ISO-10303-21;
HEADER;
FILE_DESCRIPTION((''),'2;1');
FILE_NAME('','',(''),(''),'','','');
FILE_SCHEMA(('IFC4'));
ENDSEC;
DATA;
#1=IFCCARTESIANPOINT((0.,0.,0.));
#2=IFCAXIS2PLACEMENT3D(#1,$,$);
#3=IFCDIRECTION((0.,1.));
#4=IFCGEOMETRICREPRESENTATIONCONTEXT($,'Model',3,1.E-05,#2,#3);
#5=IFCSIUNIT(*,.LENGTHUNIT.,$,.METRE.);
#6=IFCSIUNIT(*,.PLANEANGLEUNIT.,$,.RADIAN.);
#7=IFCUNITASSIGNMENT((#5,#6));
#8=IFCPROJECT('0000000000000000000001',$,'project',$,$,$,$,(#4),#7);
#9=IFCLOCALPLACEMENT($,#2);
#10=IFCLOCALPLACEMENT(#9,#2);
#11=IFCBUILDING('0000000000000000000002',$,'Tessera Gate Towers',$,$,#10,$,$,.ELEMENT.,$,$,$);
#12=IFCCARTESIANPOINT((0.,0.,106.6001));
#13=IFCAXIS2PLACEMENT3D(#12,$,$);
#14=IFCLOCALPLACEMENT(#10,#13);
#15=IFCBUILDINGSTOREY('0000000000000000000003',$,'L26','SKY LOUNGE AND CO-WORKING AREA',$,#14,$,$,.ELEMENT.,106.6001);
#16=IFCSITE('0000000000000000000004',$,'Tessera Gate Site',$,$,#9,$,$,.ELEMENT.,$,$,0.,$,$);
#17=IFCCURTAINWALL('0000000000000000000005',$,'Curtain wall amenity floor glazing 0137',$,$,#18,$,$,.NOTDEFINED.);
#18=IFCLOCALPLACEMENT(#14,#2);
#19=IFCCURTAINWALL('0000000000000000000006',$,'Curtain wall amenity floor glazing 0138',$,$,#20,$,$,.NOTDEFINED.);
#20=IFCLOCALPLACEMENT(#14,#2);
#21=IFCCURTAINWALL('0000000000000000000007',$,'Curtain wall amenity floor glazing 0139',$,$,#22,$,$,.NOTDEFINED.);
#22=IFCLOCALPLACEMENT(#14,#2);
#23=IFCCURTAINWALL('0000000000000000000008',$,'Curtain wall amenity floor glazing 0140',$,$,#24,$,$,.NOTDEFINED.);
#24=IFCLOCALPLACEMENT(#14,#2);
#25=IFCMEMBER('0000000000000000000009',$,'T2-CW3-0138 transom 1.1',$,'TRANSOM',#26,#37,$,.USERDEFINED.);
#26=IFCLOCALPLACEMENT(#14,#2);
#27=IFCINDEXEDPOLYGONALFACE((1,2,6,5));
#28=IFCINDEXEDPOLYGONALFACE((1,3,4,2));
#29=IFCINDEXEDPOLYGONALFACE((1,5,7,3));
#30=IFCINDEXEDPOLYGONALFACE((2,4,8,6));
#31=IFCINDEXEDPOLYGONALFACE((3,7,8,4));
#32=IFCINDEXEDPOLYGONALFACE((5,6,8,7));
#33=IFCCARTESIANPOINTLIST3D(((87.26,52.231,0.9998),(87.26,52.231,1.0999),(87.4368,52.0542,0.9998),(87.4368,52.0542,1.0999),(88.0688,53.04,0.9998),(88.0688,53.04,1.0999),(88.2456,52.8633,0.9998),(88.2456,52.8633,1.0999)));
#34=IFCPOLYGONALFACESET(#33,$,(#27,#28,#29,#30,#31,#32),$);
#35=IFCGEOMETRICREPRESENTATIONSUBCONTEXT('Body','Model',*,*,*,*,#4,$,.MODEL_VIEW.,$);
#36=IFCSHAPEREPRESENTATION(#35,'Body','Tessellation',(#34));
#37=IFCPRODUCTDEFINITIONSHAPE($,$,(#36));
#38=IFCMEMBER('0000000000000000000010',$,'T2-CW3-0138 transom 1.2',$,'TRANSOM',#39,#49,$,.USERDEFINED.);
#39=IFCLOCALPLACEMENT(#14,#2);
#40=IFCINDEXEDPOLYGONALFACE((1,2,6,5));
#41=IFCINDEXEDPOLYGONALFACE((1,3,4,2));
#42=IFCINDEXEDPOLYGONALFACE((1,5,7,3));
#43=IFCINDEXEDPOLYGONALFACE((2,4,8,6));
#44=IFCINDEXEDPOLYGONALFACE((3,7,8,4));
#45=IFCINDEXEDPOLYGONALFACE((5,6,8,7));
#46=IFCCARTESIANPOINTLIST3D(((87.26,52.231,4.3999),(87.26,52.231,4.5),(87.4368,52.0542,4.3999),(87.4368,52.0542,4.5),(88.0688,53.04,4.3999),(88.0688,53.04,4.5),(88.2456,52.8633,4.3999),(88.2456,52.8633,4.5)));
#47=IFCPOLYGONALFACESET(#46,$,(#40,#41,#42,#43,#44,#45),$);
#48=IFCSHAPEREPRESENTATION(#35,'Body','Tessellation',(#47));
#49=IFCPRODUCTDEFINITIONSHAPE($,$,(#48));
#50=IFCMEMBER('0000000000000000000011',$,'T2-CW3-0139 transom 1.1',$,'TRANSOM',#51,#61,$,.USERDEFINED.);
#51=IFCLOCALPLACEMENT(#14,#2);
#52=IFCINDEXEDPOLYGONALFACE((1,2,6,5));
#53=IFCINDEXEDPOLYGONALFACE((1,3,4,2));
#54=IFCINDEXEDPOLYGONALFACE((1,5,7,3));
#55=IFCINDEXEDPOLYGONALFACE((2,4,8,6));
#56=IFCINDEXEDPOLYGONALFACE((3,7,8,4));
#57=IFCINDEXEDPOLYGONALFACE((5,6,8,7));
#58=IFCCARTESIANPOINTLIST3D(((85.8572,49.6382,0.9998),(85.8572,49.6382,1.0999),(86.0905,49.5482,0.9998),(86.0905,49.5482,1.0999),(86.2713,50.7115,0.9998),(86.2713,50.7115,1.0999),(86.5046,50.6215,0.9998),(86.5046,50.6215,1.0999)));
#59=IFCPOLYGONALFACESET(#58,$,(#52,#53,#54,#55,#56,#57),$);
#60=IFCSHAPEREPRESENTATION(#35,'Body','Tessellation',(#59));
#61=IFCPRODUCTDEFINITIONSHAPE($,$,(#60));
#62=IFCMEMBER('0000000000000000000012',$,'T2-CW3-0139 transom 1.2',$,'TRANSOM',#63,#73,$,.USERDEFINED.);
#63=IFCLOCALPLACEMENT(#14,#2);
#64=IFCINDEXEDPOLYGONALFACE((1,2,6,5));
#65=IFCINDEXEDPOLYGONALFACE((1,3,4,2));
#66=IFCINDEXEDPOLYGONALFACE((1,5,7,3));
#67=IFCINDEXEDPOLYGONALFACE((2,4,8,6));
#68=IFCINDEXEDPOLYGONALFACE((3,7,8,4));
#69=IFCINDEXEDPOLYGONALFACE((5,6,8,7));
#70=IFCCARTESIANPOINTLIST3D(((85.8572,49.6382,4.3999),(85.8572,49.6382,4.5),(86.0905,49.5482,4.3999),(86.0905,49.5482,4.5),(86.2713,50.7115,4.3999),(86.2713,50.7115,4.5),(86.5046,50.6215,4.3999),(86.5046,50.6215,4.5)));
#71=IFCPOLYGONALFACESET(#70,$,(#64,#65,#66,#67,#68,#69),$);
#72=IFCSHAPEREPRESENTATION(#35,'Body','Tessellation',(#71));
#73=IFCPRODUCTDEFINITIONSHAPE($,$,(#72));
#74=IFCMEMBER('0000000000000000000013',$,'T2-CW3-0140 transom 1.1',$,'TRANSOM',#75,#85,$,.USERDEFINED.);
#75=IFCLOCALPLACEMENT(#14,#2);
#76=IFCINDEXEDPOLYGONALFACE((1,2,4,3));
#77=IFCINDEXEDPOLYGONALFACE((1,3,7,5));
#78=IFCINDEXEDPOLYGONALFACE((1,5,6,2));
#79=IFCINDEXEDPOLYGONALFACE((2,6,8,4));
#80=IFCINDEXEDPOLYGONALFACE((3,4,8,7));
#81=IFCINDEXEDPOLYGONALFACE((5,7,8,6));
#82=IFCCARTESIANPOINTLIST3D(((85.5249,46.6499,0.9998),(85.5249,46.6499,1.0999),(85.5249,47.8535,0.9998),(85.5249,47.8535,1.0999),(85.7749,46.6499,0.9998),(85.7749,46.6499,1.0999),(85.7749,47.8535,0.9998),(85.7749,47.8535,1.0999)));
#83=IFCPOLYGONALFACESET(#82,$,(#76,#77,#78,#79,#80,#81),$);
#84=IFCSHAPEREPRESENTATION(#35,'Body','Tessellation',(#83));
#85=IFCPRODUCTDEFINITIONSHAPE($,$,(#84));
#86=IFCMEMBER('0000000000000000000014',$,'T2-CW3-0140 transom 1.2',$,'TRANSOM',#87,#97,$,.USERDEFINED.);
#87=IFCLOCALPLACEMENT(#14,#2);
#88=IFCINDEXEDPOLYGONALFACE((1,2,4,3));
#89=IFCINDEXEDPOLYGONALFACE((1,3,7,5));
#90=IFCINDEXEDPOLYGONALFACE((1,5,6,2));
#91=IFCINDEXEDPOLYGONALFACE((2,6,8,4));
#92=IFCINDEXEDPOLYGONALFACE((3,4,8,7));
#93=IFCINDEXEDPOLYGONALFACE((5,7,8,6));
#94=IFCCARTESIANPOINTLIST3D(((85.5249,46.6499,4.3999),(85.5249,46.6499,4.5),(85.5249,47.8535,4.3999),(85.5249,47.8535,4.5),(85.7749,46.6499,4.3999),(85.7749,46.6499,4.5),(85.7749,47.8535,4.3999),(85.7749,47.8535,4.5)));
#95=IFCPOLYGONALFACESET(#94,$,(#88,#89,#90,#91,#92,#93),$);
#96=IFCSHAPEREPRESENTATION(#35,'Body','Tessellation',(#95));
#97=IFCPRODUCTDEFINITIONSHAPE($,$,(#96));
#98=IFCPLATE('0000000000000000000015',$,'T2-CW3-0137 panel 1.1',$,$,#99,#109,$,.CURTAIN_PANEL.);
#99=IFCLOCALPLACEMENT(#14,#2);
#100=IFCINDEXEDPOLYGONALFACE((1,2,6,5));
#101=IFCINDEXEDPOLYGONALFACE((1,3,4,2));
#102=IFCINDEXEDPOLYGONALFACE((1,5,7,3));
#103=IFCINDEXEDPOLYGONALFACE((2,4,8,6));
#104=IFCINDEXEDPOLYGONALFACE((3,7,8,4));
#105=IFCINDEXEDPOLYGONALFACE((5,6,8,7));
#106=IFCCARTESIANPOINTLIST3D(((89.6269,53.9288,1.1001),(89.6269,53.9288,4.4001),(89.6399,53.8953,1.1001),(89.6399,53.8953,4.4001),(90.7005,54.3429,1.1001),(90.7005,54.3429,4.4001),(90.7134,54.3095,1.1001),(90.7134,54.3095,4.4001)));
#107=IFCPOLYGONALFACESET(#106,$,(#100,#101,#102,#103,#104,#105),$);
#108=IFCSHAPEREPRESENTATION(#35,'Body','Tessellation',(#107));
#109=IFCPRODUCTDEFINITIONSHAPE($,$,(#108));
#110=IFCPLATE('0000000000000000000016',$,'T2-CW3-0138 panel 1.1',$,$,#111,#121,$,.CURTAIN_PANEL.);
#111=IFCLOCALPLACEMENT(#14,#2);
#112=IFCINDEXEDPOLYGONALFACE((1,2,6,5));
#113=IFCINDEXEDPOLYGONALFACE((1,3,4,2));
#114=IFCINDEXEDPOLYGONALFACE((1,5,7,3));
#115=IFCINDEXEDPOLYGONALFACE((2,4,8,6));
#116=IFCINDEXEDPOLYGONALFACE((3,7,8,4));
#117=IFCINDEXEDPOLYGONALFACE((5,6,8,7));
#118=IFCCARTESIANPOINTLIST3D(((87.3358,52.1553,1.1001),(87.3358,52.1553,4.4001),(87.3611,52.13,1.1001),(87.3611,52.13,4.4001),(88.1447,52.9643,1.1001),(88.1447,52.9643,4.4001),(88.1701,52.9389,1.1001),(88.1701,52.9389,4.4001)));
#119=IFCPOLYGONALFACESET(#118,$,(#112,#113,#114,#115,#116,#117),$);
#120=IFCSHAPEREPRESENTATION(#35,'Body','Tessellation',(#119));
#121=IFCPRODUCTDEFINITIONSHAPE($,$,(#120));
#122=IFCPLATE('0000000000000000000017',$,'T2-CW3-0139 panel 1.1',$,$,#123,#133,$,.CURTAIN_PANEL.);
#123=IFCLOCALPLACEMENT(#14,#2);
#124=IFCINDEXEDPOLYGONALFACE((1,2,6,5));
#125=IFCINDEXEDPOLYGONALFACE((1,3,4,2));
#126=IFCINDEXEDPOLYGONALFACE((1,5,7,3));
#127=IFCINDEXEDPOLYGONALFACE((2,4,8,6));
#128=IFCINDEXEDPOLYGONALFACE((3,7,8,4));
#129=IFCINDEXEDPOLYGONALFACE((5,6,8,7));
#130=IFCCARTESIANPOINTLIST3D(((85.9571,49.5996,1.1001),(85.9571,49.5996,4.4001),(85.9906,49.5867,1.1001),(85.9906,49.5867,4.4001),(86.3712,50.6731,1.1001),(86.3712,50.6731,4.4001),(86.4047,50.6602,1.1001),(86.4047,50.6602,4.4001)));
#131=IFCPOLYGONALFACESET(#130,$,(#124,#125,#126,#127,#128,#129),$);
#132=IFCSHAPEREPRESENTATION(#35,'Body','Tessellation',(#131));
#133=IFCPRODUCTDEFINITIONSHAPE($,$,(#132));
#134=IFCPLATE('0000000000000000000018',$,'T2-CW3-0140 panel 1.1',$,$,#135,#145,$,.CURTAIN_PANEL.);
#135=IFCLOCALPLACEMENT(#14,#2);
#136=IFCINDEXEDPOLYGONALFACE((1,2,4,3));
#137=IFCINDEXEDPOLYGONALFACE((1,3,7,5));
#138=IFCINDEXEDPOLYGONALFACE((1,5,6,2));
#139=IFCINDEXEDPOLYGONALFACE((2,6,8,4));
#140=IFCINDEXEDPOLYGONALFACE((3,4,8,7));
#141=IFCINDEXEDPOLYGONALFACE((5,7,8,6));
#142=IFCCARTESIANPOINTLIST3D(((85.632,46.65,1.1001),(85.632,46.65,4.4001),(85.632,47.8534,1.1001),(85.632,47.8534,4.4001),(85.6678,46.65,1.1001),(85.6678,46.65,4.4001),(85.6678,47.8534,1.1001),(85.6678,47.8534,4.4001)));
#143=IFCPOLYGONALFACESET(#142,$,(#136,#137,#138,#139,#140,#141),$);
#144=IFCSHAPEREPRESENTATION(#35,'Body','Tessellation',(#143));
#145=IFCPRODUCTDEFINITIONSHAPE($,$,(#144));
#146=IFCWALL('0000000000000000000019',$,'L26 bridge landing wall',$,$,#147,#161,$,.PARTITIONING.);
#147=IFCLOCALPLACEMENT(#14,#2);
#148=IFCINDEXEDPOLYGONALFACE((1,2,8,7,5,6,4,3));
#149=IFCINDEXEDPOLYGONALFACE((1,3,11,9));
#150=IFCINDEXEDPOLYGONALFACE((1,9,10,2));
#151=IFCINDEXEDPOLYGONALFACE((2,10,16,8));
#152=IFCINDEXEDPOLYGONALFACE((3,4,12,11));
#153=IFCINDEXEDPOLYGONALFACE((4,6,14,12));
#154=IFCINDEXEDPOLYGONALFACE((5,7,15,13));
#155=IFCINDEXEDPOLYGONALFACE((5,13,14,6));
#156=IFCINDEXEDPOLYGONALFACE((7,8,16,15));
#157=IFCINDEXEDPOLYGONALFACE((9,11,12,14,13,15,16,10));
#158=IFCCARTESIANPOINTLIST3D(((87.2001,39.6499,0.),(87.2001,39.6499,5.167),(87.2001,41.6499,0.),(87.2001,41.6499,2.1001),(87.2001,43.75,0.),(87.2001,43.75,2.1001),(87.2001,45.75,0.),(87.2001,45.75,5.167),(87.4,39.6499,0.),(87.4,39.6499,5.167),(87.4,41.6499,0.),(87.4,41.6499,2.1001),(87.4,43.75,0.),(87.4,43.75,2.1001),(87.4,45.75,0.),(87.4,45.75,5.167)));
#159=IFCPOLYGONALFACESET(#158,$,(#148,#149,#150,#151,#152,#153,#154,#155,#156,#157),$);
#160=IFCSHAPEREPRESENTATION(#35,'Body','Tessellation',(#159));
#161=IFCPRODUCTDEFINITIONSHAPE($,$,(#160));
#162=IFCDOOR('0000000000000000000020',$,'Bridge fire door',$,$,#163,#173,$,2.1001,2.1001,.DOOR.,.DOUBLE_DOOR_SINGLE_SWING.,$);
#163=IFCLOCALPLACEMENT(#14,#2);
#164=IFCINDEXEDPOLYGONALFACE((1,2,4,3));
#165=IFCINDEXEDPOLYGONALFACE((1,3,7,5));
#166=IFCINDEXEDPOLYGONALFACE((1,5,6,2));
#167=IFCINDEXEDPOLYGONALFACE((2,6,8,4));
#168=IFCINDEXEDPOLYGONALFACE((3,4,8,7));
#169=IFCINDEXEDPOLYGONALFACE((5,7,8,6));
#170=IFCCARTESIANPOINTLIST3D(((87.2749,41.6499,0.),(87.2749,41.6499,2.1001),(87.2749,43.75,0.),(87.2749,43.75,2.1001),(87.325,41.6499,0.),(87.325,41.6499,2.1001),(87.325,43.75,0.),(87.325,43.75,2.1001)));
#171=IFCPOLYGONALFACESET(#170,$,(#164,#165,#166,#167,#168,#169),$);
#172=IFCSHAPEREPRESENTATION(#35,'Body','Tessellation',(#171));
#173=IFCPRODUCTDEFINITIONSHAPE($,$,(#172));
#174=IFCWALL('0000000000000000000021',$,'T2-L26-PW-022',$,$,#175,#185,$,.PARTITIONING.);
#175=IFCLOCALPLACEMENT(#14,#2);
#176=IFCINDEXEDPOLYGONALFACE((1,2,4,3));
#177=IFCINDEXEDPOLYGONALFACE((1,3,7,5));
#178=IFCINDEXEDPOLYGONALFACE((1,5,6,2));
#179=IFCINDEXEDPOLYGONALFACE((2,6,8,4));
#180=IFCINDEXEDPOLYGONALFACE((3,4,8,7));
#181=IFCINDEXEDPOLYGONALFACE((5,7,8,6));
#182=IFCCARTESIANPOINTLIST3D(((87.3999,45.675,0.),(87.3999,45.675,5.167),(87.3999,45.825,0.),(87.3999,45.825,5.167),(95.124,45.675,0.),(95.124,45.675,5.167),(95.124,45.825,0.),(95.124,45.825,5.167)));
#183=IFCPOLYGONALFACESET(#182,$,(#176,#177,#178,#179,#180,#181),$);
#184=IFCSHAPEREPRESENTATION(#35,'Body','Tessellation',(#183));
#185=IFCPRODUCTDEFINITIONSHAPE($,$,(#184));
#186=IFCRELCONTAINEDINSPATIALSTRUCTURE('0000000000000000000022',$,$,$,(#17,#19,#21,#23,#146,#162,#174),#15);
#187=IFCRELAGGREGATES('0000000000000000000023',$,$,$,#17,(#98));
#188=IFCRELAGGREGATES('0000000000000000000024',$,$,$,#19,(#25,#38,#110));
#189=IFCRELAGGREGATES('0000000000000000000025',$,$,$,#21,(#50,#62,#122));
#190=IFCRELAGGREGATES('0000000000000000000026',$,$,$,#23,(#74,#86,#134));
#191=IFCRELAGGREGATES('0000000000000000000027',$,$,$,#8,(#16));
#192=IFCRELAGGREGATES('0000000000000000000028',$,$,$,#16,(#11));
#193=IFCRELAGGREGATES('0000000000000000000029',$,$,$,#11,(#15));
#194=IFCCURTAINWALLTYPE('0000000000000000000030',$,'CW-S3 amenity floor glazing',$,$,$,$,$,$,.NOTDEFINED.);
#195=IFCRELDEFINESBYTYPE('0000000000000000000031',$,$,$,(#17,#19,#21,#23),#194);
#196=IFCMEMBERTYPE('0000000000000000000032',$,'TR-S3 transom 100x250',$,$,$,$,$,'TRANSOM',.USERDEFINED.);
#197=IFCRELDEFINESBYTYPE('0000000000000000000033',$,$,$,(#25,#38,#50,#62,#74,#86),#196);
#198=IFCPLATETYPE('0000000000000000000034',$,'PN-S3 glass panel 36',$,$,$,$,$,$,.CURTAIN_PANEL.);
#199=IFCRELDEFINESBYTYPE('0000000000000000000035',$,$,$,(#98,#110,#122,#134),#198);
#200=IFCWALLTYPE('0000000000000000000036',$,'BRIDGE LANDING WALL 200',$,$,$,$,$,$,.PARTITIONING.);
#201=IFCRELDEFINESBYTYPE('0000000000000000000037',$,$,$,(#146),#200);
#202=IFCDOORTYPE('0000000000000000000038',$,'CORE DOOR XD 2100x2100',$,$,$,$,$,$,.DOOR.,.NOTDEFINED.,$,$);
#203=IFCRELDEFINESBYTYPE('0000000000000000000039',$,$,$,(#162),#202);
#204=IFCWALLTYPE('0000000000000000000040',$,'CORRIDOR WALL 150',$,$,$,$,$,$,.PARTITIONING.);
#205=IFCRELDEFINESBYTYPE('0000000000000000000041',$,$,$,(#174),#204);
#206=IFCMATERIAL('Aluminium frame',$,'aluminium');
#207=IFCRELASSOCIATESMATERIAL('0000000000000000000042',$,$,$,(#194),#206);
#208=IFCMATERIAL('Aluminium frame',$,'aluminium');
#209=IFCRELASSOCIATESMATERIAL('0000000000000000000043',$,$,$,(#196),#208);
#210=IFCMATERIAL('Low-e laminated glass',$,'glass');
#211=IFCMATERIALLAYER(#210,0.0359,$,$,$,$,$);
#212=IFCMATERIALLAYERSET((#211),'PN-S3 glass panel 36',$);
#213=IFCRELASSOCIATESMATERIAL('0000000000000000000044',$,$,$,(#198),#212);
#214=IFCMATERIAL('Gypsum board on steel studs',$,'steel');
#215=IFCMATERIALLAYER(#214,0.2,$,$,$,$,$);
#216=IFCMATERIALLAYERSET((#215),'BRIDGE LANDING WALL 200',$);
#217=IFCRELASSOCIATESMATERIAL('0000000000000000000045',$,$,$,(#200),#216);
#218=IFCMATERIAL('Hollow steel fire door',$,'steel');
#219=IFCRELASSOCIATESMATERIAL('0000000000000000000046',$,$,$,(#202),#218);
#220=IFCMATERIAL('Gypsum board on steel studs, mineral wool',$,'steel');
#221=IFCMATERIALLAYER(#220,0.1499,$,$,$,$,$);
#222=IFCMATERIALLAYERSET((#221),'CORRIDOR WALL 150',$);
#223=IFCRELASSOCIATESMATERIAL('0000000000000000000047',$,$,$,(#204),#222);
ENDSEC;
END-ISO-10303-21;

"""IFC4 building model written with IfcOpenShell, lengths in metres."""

from ifc_helpers import new_model, si_unit, direction, frame, frame_2d, origin, origin_2d, place, context, subcontext, project, spatial, rectangle, extrude, source, transform, mapped, material, layer, layer_set, material_profile, profile_set, type_object, element, fill, aggregate, save


model = new_model("IFC4")

# Units and contexts
model_context = context("Model", 3, precision=1e-05, world=origin(), true_north=direction((0.0, 1.0)))
body_context = subcontext(model_context, "Body", "Model", "MODEL_VIEW")
ifc_project = project(units=[si_unit("LENGTHUNIT", "METRE"), si_unit("PLANEANGLEUNIT", "RADIAN")], contexts=[model_context])

# Site, building, storey
site_placement = place(None, origin())
site = spatial("IfcSite", under=ifc_project, at=site_placement, Name="Tessera Gate Site", CompositionType="ELEMENT", RefElevation=0.0)
building_placement = place(site_placement, origin())
building = spatial("IfcBuilding", under=site, at=building_placement, Name="Tessera Gate Towers", CompositionType="ELEMENT")
storey_placement = place(building_placement, frame((0.0, 0.0, 106.6001)))
storey = spatial("IfcBuildingStorey", under=building, at=storey_placement, Name="L26", Description="SKY LOUNGE AND CO-WORKING AREA", CompositionType="ELEMENT", Elevation=106.6001)

# Shared definitions
ifc_material_1 = material(Name="Aluminium frame", Category="aluminium")
curtain_wall_type = type_object("IfcCurtainWallType", Name="CW-S3 amenity floor glazing", PredefinedType="NOTDEFINED", material=ifc_material_1)

# Curtain walls
curtain_wall_1_placement = place(storey_placement, origin())
curtain_wall_1 = element("IfcCurtainWall", 1, at=curtain_wall_1_placement, inside=storey, type_object=curtain_wall_type, Name="Curtain wall amenity floor glazing 0137", PredefinedType="NOTDEFINED")
curtain_wall_2_placement = place(storey_placement, origin())
curtain_wall_2 = element("IfcCurtainWall", 2, at=curtain_wall_2_placement, inside=storey, type_object=curtain_wall_type, Name="Curtain wall amenity floor glazing 0138", PredefinedType="NOTDEFINED")
curtain_wall_3_placement = place(storey_placement, origin())
curtain_wall_3 = element("IfcCurtainWall", 3, at=curtain_wall_3_placement, inside=storey, type_object=curtain_wall_type, Name="Curtain wall amenity floor glazing 0139", PredefinedType="NOTDEFINED")
curtain_wall_4_placement = place(storey_placement, origin())
curtain_wall_4 = element("IfcCurtainWall", 4, at=curtain_wall_4_placement, inside=storey, type_object=curtain_wall_type, Name="Curtain wall amenity floor glazing 0140", PredefinedType="NOTDEFINED")

# Members
ifc_material_2 = material(Name="Aluminium frame", Category="aluminium")
ifc_material_profile_1 = material_profile(ifc_material_2, rectangle(XDim=0.25, YDim=0.1001, at=origin_2d()), Name="AL 100x250")
ifc_profile_set_1 = profile_set([ifc_material_profile_1], Name="Aluminium frame")
member_type_1 = type_object("IfcMemberType", Name="TR-S3 transom 100x250", ElementType="TRANSOM", PredefinedType="USERDEFINED", material=ifc_profile_set_1)
member_1_placement = place(storey_placement, frame((88.1572, 52.9517, 1.0498), z_axis=(-0.707, -0.707213, 0.0), x_axis=(0.707213, -0.707, 0.0)))
member_1 = element("IfcMember", 5, at=member_1_placement, type_object=member_type_1, Name="T2-CW3-0138 transom 1.1", ObjectType="TRANSOM", PredefinedType="USERDEFINED", context=body_context, shape_type="SweptSolid", body=[
    extrude(rectangle(XDim=0.25, YDim=0.1001, at=origin_2d()), origin(), (0.0, 0.0, 1.0), 1.144),
])
member_2_placement = place(storey_placement, frame((88.1572, 52.9517, 4.45), z_axis=(-0.707, -0.707213, 0.0), x_axis=(0.707213, -0.707, 0.0)))
member_2 = element("IfcMember", 6, at=member_2_placement, type_object=member_type_1, Name="T2-CW3-0138 transom 1.2", ObjectType="TRANSOM", PredefinedType="USERDEFINED", context=body_context, shape_type="SweptSolid", body=[
    extrude(rectangle(XDim=0.25, YDim=0.1001, at=origin_2d()), origin(), (0.0, 0.0, 1.0), 1.144),
])
member_3_placement = place(storey_placement, frame((86.3879, 50.6665, 1.0498), z_axis=(-0.359946, -0.932973, 0.0), x_axis=(0.932973, -0.359946, 0.0)))
member_3 = element("IfcMember", 7, at=member_3_placement, type_object=member_type_1, Name="T2-CW3-0139 transom 1.1", ObjectType="TRANSOM", PredefinedType="USERDEFINED", context=body_context, shape_type="SweptSolid", body=[
    extrude(rectangle(XDim=0.25, YDim=0.1001, at=origin_2d()), origin(), (0.0, 0.0, 1.0), 1.1504),
])
member_4_placement = place(storey_placement, frame((86.3879, 50.6665, 4.45), z_axis=(-0.359946, -0.932973, 0.0), x_axis=(0.932973, -0.359946, 0.0)))
member_4 = element("IfcMember", 8, at=member_4_placement, type_object=member_type_1, Name="T2-CW3-0139 transom 1.2", ObjectType="TRANSOM", PredefinedType="USERDEFINED", context=body_context, shape_type="SweptSolid", body=[
    extrude(rectangle(XDim=0.25, YDim=0.1001, at=origin_2d()), origin(), (0.0, 0.0, 1.0), 1.1504),
])
member_5_placement = place(storey_placement, frame((85.6499, 47.8535, 1.0498), z_axis=(0.0, -1.0, 0.0), x_axis=(1.0, 0.0, 0.0)))
member_5 = element("IfcMember", 9, at=member_5_placement, type_object=member_type_1, Name="T2-CW3-0140 transom 1.1", ObjectType="TRANSOM", PredefinedType="USERDEFINED", context=body_context, shape_type="SweptSolid", body=[
    extrude(rectangle(XDim=0.25, YDim=0.1001, at=origin_2d()), origin(), (0.0, 0.0, 1.0), 1.2036),
])
member_6_placement = place(storey_placement, frame((85.6499, 47.8535, 4.45), z_axis=(0.0, -1.0, 0.0), x_axis=(1.0, 0.0, 0.0)))
member_6 = element("IfcMember", 10, at=member_6_placement, type_object=member_type_1, Name="T2-CW3-0140 transom 1.2", ObjectType="TRANSOM", PredefinedType="USERDEFINED", context=body_context, shape_type="SweptSolid", body=[
    extrude(rectangle(XDim=0.25, YDim=0.1001, at=origin_2d()), origin(), (0.0, 0.0, 1.0), 1.2036),
])

# Plates
ifc_material_3 = material(Name="Low-e laminated glass", Category="glass")
ifc_layer_1 = layer(ifc_material_3, 0.0359)
ifc_layer_set_1 = layer_set([ifc_layer_1], Name="PN-S3 glass panel 36")
plate_type = type_object("IfcPlateType", Name="PN-S3 glass panel 36", PredefinedType="CURTAIN_PANEL", material=ifc_layer_set_1)
plate_1_placement = place(storey_placement, frame((90.1702, 54.1191, 1.1001), z_axis=(0.0, 0.0, 1.0), x_axis=(-0.932989, -0.359904, 0.0)))
plate_1 = element("IfcPlate", 11, at=plate_1_placement, type_object=plate_type, Name="T2-CW3-0137 panel 1.1", PredefinedType="CURTAIN_PANEL", context=body_context, shape_type="SweptSolid", body=[
    extrude(rectangle(XDim=1.1506, YDim=0.0359, at=origin_2d()), origin(), (0.0, 0.0, 1.0), 3.3),
])
aggregate(curtain_wall_1, [plate_1])
plate_2_placement = place(storey_placement, frame((87.7529, 52.5471, 1.1001), z_axis=(0.0, 0.0, 1.0), x_axis=(-0.707107, -0.707107, 0.0)))
plate_2 = element("IfcPlate", 12, at=plate_2_placement, type_object=plate_type, Name="T2-CW3-0138 panel 1.1", PredefinedType="CURTAIN_PANEL", context=body_context, shape_type="SweptSolid", body=[
    extrude(rectangle(XDim=1.144, YDim=0.0359, at=origin_2d()), origin(), (0.0, 0.0, 1.0), 3.3),
])
aggregate(curtain_wall_2, [member_1, member_2, plate_2])
plate_3_placement = place(storey_placement, frame((86.1809, 50.1299, 1.1001), z_axis=(0.0, 0.0, 1.0), x_axis=(-0.359904, -0.932989, 0.0)))
plate_3 = element("IfcPlate", 13, at=plate_3_placement, type_object=plate_type, Name="T2-CW3-0139 panel 1.1", PredefinedType="CURTAIN_PANEL", context=body_context, shape_type="SweptSolid", body=[
    extrude(rectangle(XDim=1.1506, YDim=0.0359, at=origin_2d()), origin(), (0.0, 0.0, 1.0), 3.3),
])
aggregate(curtain_wall_3, [member_3, member_4, plate_3])
plate_4_placement = place(storey_placement, frame((85.6499, 47.2517, 1.1001), z_axis=(0.0, 0.0, 1.0), x_axis=(0.0, -1.0, 0.0)))
plate_4 = element("IfcPlate", 14, at=plate_4_placement, type_object=plate_type, Name="T2-CW3-0140 panel 1.1", PredefinedType="CURTAIN_PANEL", context=body_context, shape_type="SweptSolid", body=[
    extrude(rectangle(XDim=1.2034, YDim=0.0359, at=origin_2d()), origin(), (0.0, 0.0, 1.0), 3.3),
])
aggregate(curtain_wall_4, [member_5, member_6, plate_4])

# Wall, opening, door
ifc_material_4 = material(Name="Gypsum board on steel studs", Category="steel")
ifc_layer_2 = layer(ifc_material_4, 0.2)
ifc_layer_set_2 = layer_set([ifc_layer_2], Name="BRIDGE LANDING WALL 200")
wall_type_1 = type_object("IfcWallType", Name="BRIDGE LANDING WALL 200", PredefinedType="PARTITIONING", material=ifc_layer_set_2)
wall_1_placement = place(storey_placement, frame((87.3, 45.75, 0.0), z_axis=(0.0, 0.0, 1.0), x_axis=(0.0, -1.0, 0.0)))
wall_1 = element("IfcWall", 15, at=wall_1_placement, inside=storey, type_object=wall_type_1, Name="L26 bridge landing wall", PredefinedType="PARTITIONING", context=body_context, shape_type="SweptSolid", body=[
    extrude(rectangle(XDim=6.1001, YDim=0.2, at=frame_2d((3.05, 0.0))), origin(), (0.0, 0.0, 1.0), 5.167),
])
shared_shape_1 = source(origin(), body_context, "Body", "SweptSolid", [
    extrude(rectangle(XDim=2.1001, YDim=2.1001, at=frame_2d((1.05, 1.05))), frame((0.0, 0.1099, 0.0), z_axis=(0.0, -1.0, 0.0), x_axis=(1.0, 0.0, 0.0)), (0.0, 0.0, 1.0), 0.22),
])
opening_1_placement = place(wall_1_placement, frame((2.0, 0.0, 0.0)))
opening_1 = element("IfcOpeningElement", 16, at=opening_1_placement, cuts=wall_1, PredefinedType="OPENING", context=body_context, shape_type="MappedRepresentation", body=[
    mapped(shared_shape_1, transform((0.0, 0.0, 0.0), scale=1.0)),
])
ifc_material_5 = material(Name="Hollow steel fire door", Category="steel")
door_type_1 = type_object("IfcDoorType", Name="CORE DOOR XD 2100x2100", OperationType="NOTDEFINED", PredefinedType="DOOR", material=ifc_material_5)
shared_shape_2 = source(origin(), body_context, "Body", "SweptSolid", [
    extrude(rectangle(XDim=2.1001, YDim=2.1001, at=frame_2d((1.05, 1.05))), frame((0.0, 0.0249, 0.0), z_axis=(0.0, -1.0, 0.0), x_axis=(1.0, 0.0, 0.0)), (0.0, 0.0, 1.0), 0.05),
])
door_1_placement = place(opening_1_placement, origin())
door_1 = element("IfcDoor", 17, at=door_1_placement, inside=storey, type_object=door_type_1, Name="Bridge fire door", OperationType="DOUBLE_DOOR_SINGLE_SWING", OverallHeight=2.1001, OverallWidth=2.1001, PredefinedType="DOOR", context=body_context, shape_type="MappedRepresentation", body=[
    mapped(shared_shape_2, transform((0.0, 0.0, 0.0), scale=1.0)),
])
fill(opening_1, door_1)

# Wall
ifc_material_6 = material(Name="Gypsum board on steel studs, mineral wool", Category="steel")
ifc_layer_3 = layer(ifc_material_6, 0.1499)
ifc_layer_set_3 = layer_set([ifc_layer_3], Name="CORRIDOR WALL 150")
wall_type_2 = type_object("IfcWallType", Name="CORRIDOR WALL 150", PredefinedType="PARTITIONING", material=ifc_layer_set_3)
wall_2_placement = place(storey_placement, frame((87.3999, 45.75, 0.0), z_axis=(0.0, 0.0, 1.0), x_axis=(1.0, 0.0, 0.0)))
element("IfcWall", 18, at=wall_2_placement, inside=storey, type_object=wall_type_2, Name="T2-L26-PW-022", PredefinedType="PARTITIONING", context=body_context, shape_type="SweptSolid", body=[
    extrude(rectangle(XDim=7.7241, YDim=0.1499, at=frame_2d((3.8621, 0.0))), origin(), (0.0, 0.0, 1.0), 5.167),
])

save(model, "model.ifc")
